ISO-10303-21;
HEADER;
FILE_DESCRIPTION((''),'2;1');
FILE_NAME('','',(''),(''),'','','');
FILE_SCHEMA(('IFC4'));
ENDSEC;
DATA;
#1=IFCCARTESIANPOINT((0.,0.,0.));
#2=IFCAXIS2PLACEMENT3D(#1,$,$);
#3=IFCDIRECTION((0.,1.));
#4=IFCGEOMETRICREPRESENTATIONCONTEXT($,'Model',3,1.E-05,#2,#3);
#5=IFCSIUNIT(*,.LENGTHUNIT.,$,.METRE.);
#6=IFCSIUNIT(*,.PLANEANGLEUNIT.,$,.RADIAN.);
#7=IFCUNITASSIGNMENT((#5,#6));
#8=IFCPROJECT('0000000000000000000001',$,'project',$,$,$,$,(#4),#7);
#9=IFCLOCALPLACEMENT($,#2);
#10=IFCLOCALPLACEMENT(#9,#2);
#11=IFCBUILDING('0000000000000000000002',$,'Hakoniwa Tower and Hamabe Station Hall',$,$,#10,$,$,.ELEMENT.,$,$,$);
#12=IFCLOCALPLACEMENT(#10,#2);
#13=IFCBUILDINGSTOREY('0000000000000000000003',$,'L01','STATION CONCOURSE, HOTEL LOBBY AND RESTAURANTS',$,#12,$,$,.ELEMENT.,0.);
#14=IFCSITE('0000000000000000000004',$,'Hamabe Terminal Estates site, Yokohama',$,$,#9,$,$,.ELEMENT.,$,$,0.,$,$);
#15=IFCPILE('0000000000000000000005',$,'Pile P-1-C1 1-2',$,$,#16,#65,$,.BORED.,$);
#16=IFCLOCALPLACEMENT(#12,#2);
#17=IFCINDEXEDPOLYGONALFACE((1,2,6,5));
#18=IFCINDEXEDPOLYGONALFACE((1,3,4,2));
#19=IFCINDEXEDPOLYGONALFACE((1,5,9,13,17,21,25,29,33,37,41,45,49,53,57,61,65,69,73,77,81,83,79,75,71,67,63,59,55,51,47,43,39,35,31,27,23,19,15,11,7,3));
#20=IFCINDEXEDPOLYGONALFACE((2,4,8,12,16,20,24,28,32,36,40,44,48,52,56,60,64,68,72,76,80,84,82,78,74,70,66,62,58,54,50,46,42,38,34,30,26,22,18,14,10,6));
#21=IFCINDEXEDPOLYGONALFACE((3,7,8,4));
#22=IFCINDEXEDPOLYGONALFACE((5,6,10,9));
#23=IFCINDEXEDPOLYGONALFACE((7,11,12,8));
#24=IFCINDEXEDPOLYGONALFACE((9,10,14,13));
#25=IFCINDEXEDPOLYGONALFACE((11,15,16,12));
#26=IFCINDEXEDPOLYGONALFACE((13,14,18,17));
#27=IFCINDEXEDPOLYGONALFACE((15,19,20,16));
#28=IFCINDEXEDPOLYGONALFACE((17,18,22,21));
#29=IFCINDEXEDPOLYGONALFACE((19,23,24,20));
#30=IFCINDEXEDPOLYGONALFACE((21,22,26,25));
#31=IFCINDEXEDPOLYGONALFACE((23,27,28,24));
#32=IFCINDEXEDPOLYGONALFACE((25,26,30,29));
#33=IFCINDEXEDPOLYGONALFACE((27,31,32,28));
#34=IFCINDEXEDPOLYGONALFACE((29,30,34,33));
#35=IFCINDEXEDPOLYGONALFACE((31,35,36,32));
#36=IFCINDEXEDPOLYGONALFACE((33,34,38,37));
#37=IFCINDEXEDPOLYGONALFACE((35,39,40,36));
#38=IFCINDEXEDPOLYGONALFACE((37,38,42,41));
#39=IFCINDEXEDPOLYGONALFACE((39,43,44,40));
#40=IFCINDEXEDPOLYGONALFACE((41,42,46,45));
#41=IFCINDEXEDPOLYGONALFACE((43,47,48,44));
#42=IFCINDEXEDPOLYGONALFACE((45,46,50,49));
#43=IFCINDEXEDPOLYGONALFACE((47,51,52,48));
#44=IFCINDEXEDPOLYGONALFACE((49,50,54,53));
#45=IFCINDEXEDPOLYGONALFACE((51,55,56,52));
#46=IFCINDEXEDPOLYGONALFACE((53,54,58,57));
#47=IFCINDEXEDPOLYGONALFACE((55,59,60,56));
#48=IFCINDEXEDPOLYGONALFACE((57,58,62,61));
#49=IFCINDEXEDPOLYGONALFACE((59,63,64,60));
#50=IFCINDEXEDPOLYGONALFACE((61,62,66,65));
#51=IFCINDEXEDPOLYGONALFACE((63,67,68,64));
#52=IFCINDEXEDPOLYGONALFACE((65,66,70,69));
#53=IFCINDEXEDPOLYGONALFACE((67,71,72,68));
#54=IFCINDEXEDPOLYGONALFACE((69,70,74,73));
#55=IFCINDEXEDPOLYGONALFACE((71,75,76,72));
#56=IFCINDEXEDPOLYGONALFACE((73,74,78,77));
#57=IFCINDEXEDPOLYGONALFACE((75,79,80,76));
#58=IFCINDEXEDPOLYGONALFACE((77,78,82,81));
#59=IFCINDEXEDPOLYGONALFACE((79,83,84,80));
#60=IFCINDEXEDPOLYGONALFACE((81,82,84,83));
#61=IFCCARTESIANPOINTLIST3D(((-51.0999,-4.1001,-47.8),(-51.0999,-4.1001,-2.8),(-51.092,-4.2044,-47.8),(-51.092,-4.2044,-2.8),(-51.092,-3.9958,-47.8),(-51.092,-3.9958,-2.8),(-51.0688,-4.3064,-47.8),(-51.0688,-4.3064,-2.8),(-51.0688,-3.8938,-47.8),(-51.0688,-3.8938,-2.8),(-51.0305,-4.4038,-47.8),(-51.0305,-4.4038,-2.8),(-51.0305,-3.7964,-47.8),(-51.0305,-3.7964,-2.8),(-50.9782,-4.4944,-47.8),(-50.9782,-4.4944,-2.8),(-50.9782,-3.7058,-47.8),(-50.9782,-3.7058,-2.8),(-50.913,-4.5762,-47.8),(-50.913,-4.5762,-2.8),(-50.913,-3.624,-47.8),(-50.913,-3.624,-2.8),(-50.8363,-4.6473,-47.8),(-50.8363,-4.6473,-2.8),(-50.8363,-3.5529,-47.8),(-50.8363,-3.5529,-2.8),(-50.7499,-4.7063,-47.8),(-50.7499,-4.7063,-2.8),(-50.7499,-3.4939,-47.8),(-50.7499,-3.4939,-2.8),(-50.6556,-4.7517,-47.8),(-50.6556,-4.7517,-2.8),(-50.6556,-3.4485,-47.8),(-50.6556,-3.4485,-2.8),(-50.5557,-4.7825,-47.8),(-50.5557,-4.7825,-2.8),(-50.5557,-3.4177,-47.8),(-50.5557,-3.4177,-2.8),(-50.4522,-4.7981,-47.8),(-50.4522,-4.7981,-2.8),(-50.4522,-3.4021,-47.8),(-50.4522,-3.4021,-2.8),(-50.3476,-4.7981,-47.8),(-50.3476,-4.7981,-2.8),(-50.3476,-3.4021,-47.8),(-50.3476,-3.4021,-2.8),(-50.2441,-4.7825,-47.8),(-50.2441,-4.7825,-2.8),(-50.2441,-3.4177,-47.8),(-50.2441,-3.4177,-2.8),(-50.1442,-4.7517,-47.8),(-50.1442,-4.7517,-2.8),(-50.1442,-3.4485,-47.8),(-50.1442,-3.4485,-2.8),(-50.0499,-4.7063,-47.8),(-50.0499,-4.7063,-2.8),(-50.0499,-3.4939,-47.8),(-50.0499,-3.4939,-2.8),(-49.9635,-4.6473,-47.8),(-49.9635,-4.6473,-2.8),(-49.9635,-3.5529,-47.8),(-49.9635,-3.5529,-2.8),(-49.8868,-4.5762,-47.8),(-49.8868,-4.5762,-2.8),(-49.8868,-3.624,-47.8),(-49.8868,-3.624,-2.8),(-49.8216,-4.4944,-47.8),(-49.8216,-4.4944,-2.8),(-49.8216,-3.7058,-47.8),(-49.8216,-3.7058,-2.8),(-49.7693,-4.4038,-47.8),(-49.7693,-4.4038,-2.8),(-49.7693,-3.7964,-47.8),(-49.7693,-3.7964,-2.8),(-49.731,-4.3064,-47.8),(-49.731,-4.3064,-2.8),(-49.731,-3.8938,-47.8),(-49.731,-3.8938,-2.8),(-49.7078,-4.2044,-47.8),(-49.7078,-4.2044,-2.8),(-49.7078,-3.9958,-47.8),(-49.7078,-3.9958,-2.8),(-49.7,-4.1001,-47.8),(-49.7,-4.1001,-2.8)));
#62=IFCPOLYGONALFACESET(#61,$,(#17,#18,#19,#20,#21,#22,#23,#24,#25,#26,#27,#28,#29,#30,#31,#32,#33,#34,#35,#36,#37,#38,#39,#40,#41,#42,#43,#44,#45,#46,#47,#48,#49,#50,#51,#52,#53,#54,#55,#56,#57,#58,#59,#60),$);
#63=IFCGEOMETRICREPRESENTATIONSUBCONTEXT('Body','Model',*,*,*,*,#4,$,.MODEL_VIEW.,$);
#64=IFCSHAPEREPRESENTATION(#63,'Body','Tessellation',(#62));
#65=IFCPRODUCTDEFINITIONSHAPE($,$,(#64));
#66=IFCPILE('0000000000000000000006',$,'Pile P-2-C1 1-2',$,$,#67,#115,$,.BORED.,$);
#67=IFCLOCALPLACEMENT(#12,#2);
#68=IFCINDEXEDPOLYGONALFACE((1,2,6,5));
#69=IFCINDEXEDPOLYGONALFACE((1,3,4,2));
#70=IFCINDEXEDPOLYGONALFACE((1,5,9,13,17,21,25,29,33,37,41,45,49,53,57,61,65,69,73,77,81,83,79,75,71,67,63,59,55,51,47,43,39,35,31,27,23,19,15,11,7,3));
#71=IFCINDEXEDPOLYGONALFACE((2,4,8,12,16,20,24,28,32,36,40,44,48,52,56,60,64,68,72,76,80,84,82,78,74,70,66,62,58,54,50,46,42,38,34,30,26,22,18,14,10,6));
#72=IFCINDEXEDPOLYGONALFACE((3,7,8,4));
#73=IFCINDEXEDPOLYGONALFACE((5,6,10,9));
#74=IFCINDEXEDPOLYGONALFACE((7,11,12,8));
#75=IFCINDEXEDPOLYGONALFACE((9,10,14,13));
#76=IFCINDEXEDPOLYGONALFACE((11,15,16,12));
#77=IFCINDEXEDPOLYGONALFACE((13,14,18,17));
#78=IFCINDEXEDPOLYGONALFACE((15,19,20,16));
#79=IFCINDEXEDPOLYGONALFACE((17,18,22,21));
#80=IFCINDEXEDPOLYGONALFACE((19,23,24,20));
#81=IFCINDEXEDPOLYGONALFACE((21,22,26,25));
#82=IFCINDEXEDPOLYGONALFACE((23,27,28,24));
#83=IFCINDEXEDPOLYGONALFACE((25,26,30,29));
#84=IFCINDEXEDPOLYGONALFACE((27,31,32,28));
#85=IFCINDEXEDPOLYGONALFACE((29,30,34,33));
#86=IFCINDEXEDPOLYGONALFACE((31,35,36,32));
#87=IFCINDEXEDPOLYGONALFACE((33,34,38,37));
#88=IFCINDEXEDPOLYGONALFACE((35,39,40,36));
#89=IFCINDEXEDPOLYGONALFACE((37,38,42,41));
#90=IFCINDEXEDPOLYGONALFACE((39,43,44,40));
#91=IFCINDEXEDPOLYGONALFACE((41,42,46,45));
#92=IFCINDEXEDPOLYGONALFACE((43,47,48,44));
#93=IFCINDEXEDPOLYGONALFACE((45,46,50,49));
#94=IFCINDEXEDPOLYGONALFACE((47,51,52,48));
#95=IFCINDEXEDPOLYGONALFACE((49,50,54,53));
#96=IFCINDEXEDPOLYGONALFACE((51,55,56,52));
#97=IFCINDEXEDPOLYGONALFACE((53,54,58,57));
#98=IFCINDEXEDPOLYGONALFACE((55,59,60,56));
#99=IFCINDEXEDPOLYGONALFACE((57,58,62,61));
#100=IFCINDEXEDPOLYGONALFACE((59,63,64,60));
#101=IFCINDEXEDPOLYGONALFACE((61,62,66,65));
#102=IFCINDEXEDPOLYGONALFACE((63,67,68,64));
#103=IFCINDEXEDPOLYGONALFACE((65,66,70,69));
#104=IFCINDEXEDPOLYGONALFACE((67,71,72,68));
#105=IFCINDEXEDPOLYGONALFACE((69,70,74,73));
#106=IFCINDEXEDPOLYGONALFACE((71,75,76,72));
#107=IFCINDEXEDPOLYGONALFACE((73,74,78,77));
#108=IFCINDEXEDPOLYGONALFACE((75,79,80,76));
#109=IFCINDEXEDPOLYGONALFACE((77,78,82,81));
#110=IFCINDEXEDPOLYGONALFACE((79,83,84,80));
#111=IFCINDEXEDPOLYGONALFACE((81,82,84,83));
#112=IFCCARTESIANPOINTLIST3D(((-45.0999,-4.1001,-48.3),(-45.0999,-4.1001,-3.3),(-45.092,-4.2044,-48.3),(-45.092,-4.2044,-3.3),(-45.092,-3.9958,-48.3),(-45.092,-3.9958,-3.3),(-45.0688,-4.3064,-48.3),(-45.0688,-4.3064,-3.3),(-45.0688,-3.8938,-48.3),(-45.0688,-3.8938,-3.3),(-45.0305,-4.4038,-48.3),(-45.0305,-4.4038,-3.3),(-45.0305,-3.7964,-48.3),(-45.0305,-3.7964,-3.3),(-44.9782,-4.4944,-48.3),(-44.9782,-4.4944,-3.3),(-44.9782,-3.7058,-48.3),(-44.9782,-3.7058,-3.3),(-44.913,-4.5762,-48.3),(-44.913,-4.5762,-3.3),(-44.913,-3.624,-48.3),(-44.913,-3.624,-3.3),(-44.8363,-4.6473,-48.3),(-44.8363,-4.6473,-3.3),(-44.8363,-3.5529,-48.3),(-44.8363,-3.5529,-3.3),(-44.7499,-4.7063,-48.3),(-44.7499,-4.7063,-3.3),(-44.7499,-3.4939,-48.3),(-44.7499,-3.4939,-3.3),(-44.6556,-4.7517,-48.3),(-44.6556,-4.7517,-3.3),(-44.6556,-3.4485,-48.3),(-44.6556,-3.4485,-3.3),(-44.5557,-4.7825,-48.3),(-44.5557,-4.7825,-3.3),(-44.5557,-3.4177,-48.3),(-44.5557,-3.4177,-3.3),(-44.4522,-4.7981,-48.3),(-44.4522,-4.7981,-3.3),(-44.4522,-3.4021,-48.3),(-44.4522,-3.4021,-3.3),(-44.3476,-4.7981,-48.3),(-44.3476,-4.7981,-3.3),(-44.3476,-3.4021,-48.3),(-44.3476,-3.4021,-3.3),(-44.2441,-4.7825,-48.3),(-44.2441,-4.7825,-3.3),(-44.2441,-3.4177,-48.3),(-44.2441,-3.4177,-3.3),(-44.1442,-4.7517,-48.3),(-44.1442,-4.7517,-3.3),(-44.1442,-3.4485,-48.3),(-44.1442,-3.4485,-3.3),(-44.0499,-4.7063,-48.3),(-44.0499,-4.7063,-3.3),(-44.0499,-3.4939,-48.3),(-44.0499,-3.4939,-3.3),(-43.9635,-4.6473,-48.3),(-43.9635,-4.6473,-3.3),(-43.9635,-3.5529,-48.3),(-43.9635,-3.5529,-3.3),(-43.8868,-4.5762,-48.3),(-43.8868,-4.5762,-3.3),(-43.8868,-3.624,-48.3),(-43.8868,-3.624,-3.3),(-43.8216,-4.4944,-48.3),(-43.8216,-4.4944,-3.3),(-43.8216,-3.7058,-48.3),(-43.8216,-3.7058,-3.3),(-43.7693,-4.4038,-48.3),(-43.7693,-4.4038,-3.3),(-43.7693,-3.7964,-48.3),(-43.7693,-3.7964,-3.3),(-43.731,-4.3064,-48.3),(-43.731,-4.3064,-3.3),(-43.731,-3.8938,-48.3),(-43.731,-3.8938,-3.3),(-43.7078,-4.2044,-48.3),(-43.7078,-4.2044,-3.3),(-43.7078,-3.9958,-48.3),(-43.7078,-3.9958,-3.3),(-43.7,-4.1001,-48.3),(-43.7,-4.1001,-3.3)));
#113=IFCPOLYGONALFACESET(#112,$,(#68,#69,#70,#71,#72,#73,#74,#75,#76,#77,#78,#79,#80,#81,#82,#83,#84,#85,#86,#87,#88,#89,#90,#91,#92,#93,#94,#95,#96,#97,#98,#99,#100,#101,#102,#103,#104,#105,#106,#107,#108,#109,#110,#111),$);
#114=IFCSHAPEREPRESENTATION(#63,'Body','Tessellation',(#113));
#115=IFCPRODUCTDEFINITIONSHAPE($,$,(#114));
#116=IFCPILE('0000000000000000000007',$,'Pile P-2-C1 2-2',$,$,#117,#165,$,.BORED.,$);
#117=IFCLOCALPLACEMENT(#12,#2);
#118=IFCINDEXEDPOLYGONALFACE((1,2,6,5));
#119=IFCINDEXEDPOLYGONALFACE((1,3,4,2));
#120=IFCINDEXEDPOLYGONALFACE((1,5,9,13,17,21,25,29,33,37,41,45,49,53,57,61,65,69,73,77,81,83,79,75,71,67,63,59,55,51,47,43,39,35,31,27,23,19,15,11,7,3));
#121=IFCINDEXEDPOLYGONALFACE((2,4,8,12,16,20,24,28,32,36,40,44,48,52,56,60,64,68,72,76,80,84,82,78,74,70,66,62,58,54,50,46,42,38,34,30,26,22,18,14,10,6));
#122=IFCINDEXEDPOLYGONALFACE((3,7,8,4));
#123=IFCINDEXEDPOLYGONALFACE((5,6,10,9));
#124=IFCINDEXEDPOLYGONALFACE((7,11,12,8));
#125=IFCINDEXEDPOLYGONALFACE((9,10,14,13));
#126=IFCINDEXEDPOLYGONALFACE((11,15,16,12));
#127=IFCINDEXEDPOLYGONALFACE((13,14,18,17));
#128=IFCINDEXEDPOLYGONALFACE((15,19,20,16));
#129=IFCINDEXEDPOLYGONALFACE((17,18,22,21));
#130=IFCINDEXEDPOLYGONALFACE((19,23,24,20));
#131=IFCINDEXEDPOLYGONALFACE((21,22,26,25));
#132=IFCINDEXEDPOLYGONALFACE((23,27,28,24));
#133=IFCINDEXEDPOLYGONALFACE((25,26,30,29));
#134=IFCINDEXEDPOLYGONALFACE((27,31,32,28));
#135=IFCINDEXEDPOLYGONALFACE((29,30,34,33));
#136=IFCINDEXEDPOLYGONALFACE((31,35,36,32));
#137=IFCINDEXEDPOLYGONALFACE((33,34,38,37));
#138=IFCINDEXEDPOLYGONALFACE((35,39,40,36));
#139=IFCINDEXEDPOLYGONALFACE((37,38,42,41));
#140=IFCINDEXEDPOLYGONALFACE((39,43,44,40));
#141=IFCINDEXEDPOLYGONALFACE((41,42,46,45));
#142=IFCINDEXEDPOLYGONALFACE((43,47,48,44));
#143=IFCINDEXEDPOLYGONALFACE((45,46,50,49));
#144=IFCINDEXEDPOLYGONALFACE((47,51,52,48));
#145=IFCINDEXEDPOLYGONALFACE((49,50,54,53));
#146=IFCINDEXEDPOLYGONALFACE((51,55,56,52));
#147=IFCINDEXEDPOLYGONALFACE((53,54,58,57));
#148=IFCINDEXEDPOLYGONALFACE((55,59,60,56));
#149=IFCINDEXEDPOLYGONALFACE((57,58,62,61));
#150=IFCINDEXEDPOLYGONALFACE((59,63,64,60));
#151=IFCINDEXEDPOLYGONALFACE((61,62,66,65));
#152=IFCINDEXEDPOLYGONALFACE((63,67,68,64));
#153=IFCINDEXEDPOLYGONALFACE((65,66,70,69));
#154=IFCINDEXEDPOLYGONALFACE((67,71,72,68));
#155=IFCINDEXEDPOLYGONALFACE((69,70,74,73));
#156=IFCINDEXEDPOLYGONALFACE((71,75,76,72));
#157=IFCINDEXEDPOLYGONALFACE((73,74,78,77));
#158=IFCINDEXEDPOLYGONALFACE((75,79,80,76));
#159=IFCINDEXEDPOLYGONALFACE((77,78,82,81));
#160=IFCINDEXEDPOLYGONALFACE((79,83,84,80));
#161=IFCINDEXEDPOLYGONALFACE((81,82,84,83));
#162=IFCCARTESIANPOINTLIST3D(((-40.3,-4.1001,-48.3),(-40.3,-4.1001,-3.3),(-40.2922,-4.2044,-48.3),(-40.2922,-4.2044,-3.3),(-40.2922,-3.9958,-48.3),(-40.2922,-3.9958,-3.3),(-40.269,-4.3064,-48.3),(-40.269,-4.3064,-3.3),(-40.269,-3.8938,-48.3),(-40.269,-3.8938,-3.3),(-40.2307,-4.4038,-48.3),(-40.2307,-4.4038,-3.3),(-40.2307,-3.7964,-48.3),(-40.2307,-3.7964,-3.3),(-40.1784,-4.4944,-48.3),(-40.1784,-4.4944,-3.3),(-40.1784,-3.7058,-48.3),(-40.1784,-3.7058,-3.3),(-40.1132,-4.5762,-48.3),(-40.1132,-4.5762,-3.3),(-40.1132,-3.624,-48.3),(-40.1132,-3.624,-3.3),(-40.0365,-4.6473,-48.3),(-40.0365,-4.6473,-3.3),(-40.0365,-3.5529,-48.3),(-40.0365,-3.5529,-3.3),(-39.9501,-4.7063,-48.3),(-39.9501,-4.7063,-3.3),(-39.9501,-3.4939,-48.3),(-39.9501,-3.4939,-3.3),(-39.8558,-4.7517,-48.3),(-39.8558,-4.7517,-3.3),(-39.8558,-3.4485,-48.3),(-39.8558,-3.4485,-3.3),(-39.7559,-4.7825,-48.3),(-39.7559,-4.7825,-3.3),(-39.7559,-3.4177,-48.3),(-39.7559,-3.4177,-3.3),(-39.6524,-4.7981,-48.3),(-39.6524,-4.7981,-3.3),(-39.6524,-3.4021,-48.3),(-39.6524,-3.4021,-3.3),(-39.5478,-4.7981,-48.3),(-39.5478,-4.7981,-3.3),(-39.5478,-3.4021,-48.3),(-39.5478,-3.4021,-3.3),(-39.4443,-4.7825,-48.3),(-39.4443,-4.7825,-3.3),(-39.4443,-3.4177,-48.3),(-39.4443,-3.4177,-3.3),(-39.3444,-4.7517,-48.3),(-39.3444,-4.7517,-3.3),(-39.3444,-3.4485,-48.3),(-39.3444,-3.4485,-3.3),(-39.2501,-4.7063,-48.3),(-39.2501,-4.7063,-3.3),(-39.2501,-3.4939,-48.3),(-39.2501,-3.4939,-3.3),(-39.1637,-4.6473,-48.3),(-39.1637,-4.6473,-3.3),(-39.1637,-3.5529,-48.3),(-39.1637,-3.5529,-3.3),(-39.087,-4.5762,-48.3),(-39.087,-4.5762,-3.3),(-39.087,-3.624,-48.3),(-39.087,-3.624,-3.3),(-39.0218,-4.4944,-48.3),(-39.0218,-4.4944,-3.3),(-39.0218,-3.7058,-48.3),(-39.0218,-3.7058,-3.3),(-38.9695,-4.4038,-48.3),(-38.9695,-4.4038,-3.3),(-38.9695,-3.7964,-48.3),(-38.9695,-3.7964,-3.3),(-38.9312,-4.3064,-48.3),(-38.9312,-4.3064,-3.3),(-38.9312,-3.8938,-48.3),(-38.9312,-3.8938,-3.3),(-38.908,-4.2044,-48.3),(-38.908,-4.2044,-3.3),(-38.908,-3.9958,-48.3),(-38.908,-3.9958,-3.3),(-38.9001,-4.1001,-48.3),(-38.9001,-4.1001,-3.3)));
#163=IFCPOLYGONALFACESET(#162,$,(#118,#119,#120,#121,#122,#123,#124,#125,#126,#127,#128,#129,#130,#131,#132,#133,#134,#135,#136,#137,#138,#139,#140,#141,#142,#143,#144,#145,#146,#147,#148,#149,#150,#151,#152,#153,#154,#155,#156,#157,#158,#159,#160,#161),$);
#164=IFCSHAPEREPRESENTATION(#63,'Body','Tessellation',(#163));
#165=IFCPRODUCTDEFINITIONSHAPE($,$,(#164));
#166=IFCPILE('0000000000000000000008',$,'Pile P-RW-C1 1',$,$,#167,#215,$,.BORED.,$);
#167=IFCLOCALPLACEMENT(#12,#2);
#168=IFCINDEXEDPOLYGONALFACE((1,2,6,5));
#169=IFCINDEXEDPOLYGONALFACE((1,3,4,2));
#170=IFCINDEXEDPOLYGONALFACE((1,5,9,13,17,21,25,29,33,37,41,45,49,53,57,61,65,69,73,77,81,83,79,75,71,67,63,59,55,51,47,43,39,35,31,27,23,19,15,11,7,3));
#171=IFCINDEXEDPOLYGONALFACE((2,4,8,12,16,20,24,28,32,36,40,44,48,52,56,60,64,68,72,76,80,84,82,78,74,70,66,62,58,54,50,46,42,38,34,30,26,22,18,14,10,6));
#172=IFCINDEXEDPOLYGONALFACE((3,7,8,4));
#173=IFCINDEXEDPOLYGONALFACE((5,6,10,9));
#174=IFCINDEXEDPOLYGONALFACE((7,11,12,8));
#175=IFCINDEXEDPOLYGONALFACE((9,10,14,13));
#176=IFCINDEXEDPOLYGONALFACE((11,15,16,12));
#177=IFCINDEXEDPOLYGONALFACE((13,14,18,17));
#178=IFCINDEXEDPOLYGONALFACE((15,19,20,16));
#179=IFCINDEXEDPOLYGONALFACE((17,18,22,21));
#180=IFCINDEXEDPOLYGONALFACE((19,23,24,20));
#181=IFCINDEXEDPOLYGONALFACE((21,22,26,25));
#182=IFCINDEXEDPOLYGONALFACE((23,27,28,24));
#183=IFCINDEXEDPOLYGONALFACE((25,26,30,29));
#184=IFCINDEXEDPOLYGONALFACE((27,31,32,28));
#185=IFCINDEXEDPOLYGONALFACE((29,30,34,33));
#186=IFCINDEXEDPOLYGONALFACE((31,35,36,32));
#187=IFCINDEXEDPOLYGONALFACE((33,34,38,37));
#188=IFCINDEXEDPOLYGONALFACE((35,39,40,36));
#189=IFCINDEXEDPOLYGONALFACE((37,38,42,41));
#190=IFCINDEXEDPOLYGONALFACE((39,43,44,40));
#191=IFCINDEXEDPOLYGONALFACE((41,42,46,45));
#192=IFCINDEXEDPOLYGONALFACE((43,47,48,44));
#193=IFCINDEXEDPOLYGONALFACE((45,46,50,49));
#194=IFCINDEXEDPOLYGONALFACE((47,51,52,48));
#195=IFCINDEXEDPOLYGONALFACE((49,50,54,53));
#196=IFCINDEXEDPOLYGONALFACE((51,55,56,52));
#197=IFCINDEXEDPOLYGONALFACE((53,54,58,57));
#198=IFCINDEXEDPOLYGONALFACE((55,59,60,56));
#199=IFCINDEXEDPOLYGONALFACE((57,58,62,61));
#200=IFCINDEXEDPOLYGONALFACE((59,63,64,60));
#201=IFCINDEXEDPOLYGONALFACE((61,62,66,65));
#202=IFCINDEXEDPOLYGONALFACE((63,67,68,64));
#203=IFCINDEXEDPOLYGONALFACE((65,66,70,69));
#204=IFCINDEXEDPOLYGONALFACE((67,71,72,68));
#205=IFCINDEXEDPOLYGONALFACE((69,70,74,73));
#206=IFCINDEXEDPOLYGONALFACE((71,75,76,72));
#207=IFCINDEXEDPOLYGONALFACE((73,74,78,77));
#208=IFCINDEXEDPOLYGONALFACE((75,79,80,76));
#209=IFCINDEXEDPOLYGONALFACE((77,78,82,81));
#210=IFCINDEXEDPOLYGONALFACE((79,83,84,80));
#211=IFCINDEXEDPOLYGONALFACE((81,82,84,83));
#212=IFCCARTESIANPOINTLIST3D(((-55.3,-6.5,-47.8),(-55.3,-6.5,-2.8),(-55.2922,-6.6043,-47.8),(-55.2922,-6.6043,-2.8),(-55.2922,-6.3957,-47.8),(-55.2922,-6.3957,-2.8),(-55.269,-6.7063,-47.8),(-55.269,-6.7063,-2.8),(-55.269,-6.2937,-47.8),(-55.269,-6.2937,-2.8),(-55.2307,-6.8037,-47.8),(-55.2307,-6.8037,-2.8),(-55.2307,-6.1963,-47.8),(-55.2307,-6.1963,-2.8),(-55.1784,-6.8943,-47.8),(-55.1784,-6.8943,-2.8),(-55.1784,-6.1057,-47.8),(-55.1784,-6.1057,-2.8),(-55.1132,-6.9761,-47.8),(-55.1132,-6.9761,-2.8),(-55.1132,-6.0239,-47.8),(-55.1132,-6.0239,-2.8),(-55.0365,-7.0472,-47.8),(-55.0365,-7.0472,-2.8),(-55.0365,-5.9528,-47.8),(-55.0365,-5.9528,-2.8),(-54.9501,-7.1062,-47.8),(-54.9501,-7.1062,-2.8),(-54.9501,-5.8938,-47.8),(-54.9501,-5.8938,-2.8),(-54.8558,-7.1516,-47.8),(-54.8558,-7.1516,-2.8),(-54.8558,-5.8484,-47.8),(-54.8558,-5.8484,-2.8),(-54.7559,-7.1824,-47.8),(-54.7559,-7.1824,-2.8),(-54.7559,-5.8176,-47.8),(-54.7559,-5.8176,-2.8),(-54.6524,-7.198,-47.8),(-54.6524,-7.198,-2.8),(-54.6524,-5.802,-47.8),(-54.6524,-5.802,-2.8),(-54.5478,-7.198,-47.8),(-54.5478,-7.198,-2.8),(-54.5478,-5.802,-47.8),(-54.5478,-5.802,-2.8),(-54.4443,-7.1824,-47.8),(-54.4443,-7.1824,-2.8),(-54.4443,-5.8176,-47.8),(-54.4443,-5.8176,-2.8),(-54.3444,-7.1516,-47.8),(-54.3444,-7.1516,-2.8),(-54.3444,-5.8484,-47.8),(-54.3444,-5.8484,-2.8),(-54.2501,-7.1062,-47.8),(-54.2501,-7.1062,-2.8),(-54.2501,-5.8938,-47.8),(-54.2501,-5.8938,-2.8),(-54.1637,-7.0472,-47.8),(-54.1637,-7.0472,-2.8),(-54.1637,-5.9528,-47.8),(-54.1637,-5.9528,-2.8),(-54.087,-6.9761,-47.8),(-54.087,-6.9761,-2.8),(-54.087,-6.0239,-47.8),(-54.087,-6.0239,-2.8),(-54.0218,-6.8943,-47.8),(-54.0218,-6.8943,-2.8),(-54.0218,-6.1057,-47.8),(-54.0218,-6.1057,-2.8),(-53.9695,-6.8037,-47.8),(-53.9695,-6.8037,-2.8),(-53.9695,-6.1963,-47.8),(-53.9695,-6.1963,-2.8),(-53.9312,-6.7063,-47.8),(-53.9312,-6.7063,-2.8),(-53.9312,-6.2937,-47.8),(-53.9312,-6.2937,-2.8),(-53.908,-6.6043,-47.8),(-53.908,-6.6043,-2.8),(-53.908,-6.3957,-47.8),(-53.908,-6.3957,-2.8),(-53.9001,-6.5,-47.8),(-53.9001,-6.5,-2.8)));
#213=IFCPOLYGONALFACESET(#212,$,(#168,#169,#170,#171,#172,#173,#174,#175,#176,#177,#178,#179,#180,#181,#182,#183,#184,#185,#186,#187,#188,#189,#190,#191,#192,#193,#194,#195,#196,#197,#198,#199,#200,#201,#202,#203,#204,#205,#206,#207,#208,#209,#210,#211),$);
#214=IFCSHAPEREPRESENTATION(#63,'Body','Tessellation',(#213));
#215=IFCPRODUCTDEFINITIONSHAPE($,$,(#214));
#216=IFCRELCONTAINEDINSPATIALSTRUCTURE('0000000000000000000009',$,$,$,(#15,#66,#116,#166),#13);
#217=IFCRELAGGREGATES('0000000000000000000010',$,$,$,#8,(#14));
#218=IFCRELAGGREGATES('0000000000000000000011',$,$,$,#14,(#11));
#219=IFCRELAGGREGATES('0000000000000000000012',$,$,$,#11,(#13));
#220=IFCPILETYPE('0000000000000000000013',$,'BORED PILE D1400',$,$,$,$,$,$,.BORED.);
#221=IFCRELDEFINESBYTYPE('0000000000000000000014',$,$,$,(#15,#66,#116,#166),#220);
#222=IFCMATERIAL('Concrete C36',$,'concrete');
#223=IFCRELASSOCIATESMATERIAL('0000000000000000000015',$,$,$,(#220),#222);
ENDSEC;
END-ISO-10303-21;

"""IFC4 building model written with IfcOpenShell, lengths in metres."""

from ifc_helpers import new_model, si_unit, direction, frame, origin, origin_2d, place, context, subcontext, project, spatial, circle, extrude, material, material_profile, profile_set, type_object, element, save


model = new_model("IFC4")

# Units and contexts
model_context = context("Model", 3, precision=1e-05, world=origin(), true_north=direction((0.0, 1.0)))
body_context = subcontext(model_context, "Body", "Model", "MODEL_VIEW")
ifc_project = project(units=[si_unit("LENGTHUNIT", "METRE"), si_unit("PLANEANGLEUNIT", "RADIAN")], contexts=[model_context])

# Site, building, storey
site_placement = place(None, origin())
site = spatial("IfcSite", under=ifc_project, at=site_placement, Name="Hamabe Terminal Estates site, Yokohama", CompositionType="ELEMENT", RefElevation=0.0)
building_placement = place(site_placement, origin())
building = spatial("IfcBuilding", under=site, at=building_placement, Name="Hakoniwa Tower and Hamabe Station Hall", CompositionType="ELEMENT")
storey_placement = place(building_placement, origin())
storey = spatial("IfcBuildingStorey", under=building, at=storey_placement, Name="L01", Description="STATION CONCOURSE, HOTEL LOBBY AND RESTAURANTS", CompositionType="ELEMENT", Elevation=0.0)

# Piles
ifc_material_1 = material(Name="Concrete C36", Category="concrete")
ifc_material_profile_1 = material_profile(ifc_material_1, circle(Radius=0.7, at=origin_2d()), Name="BORED PILE D1400")
ifc_profile_set_1 = profile_set([ifc_material_profile_1], Name="Concrete C36")
pile_type = type_object("IfcPileType", Name="BORED PILE D1400", PredefinedType="BORED", material=ifc_profile_set_1)
for number, where, z_axis, x_axis, name in (
    (1, (-50.3999, -4.1001, -2.8), (0.0, 0.0, -1.0), (1.0, 0.0, 0.0), "Pile P-1-C1 1-2"),
    (2, (-44.3999, -4.1001, -3.3), (0.0, 0.0, -1.0), (1.0, 0.0, 0.0), "Pile P-2-C1 1-2"),
    (3, (-39.6001, -4.1001, -3.3), (0.0, 0.0, -1.0), (1.0, 0.0, 0.0), "Pile P-2-C1 2-2"),
    (4, (-54.6001, -6.5, -2.8), (0.0, 0.0, -1.0), (1.0, 0.0, 0.0), "Pile P-RW-C1 1"),
):
    element("IfcPile", number, at=place(storey_placement, frame(where, z_axis=z_axis, x_axis=x_axis)), inside=storey, type_object=pile_type, Name=name, PredefinedType="BORED", context=body_context, shape_type="SweptSolid", body=[
        extrude(circle(Radius=0.7, at=origin_2d()), origin(), (0.0, 0.0, 1.0), 45.0),
    ])

save(model, "model.ifc")
